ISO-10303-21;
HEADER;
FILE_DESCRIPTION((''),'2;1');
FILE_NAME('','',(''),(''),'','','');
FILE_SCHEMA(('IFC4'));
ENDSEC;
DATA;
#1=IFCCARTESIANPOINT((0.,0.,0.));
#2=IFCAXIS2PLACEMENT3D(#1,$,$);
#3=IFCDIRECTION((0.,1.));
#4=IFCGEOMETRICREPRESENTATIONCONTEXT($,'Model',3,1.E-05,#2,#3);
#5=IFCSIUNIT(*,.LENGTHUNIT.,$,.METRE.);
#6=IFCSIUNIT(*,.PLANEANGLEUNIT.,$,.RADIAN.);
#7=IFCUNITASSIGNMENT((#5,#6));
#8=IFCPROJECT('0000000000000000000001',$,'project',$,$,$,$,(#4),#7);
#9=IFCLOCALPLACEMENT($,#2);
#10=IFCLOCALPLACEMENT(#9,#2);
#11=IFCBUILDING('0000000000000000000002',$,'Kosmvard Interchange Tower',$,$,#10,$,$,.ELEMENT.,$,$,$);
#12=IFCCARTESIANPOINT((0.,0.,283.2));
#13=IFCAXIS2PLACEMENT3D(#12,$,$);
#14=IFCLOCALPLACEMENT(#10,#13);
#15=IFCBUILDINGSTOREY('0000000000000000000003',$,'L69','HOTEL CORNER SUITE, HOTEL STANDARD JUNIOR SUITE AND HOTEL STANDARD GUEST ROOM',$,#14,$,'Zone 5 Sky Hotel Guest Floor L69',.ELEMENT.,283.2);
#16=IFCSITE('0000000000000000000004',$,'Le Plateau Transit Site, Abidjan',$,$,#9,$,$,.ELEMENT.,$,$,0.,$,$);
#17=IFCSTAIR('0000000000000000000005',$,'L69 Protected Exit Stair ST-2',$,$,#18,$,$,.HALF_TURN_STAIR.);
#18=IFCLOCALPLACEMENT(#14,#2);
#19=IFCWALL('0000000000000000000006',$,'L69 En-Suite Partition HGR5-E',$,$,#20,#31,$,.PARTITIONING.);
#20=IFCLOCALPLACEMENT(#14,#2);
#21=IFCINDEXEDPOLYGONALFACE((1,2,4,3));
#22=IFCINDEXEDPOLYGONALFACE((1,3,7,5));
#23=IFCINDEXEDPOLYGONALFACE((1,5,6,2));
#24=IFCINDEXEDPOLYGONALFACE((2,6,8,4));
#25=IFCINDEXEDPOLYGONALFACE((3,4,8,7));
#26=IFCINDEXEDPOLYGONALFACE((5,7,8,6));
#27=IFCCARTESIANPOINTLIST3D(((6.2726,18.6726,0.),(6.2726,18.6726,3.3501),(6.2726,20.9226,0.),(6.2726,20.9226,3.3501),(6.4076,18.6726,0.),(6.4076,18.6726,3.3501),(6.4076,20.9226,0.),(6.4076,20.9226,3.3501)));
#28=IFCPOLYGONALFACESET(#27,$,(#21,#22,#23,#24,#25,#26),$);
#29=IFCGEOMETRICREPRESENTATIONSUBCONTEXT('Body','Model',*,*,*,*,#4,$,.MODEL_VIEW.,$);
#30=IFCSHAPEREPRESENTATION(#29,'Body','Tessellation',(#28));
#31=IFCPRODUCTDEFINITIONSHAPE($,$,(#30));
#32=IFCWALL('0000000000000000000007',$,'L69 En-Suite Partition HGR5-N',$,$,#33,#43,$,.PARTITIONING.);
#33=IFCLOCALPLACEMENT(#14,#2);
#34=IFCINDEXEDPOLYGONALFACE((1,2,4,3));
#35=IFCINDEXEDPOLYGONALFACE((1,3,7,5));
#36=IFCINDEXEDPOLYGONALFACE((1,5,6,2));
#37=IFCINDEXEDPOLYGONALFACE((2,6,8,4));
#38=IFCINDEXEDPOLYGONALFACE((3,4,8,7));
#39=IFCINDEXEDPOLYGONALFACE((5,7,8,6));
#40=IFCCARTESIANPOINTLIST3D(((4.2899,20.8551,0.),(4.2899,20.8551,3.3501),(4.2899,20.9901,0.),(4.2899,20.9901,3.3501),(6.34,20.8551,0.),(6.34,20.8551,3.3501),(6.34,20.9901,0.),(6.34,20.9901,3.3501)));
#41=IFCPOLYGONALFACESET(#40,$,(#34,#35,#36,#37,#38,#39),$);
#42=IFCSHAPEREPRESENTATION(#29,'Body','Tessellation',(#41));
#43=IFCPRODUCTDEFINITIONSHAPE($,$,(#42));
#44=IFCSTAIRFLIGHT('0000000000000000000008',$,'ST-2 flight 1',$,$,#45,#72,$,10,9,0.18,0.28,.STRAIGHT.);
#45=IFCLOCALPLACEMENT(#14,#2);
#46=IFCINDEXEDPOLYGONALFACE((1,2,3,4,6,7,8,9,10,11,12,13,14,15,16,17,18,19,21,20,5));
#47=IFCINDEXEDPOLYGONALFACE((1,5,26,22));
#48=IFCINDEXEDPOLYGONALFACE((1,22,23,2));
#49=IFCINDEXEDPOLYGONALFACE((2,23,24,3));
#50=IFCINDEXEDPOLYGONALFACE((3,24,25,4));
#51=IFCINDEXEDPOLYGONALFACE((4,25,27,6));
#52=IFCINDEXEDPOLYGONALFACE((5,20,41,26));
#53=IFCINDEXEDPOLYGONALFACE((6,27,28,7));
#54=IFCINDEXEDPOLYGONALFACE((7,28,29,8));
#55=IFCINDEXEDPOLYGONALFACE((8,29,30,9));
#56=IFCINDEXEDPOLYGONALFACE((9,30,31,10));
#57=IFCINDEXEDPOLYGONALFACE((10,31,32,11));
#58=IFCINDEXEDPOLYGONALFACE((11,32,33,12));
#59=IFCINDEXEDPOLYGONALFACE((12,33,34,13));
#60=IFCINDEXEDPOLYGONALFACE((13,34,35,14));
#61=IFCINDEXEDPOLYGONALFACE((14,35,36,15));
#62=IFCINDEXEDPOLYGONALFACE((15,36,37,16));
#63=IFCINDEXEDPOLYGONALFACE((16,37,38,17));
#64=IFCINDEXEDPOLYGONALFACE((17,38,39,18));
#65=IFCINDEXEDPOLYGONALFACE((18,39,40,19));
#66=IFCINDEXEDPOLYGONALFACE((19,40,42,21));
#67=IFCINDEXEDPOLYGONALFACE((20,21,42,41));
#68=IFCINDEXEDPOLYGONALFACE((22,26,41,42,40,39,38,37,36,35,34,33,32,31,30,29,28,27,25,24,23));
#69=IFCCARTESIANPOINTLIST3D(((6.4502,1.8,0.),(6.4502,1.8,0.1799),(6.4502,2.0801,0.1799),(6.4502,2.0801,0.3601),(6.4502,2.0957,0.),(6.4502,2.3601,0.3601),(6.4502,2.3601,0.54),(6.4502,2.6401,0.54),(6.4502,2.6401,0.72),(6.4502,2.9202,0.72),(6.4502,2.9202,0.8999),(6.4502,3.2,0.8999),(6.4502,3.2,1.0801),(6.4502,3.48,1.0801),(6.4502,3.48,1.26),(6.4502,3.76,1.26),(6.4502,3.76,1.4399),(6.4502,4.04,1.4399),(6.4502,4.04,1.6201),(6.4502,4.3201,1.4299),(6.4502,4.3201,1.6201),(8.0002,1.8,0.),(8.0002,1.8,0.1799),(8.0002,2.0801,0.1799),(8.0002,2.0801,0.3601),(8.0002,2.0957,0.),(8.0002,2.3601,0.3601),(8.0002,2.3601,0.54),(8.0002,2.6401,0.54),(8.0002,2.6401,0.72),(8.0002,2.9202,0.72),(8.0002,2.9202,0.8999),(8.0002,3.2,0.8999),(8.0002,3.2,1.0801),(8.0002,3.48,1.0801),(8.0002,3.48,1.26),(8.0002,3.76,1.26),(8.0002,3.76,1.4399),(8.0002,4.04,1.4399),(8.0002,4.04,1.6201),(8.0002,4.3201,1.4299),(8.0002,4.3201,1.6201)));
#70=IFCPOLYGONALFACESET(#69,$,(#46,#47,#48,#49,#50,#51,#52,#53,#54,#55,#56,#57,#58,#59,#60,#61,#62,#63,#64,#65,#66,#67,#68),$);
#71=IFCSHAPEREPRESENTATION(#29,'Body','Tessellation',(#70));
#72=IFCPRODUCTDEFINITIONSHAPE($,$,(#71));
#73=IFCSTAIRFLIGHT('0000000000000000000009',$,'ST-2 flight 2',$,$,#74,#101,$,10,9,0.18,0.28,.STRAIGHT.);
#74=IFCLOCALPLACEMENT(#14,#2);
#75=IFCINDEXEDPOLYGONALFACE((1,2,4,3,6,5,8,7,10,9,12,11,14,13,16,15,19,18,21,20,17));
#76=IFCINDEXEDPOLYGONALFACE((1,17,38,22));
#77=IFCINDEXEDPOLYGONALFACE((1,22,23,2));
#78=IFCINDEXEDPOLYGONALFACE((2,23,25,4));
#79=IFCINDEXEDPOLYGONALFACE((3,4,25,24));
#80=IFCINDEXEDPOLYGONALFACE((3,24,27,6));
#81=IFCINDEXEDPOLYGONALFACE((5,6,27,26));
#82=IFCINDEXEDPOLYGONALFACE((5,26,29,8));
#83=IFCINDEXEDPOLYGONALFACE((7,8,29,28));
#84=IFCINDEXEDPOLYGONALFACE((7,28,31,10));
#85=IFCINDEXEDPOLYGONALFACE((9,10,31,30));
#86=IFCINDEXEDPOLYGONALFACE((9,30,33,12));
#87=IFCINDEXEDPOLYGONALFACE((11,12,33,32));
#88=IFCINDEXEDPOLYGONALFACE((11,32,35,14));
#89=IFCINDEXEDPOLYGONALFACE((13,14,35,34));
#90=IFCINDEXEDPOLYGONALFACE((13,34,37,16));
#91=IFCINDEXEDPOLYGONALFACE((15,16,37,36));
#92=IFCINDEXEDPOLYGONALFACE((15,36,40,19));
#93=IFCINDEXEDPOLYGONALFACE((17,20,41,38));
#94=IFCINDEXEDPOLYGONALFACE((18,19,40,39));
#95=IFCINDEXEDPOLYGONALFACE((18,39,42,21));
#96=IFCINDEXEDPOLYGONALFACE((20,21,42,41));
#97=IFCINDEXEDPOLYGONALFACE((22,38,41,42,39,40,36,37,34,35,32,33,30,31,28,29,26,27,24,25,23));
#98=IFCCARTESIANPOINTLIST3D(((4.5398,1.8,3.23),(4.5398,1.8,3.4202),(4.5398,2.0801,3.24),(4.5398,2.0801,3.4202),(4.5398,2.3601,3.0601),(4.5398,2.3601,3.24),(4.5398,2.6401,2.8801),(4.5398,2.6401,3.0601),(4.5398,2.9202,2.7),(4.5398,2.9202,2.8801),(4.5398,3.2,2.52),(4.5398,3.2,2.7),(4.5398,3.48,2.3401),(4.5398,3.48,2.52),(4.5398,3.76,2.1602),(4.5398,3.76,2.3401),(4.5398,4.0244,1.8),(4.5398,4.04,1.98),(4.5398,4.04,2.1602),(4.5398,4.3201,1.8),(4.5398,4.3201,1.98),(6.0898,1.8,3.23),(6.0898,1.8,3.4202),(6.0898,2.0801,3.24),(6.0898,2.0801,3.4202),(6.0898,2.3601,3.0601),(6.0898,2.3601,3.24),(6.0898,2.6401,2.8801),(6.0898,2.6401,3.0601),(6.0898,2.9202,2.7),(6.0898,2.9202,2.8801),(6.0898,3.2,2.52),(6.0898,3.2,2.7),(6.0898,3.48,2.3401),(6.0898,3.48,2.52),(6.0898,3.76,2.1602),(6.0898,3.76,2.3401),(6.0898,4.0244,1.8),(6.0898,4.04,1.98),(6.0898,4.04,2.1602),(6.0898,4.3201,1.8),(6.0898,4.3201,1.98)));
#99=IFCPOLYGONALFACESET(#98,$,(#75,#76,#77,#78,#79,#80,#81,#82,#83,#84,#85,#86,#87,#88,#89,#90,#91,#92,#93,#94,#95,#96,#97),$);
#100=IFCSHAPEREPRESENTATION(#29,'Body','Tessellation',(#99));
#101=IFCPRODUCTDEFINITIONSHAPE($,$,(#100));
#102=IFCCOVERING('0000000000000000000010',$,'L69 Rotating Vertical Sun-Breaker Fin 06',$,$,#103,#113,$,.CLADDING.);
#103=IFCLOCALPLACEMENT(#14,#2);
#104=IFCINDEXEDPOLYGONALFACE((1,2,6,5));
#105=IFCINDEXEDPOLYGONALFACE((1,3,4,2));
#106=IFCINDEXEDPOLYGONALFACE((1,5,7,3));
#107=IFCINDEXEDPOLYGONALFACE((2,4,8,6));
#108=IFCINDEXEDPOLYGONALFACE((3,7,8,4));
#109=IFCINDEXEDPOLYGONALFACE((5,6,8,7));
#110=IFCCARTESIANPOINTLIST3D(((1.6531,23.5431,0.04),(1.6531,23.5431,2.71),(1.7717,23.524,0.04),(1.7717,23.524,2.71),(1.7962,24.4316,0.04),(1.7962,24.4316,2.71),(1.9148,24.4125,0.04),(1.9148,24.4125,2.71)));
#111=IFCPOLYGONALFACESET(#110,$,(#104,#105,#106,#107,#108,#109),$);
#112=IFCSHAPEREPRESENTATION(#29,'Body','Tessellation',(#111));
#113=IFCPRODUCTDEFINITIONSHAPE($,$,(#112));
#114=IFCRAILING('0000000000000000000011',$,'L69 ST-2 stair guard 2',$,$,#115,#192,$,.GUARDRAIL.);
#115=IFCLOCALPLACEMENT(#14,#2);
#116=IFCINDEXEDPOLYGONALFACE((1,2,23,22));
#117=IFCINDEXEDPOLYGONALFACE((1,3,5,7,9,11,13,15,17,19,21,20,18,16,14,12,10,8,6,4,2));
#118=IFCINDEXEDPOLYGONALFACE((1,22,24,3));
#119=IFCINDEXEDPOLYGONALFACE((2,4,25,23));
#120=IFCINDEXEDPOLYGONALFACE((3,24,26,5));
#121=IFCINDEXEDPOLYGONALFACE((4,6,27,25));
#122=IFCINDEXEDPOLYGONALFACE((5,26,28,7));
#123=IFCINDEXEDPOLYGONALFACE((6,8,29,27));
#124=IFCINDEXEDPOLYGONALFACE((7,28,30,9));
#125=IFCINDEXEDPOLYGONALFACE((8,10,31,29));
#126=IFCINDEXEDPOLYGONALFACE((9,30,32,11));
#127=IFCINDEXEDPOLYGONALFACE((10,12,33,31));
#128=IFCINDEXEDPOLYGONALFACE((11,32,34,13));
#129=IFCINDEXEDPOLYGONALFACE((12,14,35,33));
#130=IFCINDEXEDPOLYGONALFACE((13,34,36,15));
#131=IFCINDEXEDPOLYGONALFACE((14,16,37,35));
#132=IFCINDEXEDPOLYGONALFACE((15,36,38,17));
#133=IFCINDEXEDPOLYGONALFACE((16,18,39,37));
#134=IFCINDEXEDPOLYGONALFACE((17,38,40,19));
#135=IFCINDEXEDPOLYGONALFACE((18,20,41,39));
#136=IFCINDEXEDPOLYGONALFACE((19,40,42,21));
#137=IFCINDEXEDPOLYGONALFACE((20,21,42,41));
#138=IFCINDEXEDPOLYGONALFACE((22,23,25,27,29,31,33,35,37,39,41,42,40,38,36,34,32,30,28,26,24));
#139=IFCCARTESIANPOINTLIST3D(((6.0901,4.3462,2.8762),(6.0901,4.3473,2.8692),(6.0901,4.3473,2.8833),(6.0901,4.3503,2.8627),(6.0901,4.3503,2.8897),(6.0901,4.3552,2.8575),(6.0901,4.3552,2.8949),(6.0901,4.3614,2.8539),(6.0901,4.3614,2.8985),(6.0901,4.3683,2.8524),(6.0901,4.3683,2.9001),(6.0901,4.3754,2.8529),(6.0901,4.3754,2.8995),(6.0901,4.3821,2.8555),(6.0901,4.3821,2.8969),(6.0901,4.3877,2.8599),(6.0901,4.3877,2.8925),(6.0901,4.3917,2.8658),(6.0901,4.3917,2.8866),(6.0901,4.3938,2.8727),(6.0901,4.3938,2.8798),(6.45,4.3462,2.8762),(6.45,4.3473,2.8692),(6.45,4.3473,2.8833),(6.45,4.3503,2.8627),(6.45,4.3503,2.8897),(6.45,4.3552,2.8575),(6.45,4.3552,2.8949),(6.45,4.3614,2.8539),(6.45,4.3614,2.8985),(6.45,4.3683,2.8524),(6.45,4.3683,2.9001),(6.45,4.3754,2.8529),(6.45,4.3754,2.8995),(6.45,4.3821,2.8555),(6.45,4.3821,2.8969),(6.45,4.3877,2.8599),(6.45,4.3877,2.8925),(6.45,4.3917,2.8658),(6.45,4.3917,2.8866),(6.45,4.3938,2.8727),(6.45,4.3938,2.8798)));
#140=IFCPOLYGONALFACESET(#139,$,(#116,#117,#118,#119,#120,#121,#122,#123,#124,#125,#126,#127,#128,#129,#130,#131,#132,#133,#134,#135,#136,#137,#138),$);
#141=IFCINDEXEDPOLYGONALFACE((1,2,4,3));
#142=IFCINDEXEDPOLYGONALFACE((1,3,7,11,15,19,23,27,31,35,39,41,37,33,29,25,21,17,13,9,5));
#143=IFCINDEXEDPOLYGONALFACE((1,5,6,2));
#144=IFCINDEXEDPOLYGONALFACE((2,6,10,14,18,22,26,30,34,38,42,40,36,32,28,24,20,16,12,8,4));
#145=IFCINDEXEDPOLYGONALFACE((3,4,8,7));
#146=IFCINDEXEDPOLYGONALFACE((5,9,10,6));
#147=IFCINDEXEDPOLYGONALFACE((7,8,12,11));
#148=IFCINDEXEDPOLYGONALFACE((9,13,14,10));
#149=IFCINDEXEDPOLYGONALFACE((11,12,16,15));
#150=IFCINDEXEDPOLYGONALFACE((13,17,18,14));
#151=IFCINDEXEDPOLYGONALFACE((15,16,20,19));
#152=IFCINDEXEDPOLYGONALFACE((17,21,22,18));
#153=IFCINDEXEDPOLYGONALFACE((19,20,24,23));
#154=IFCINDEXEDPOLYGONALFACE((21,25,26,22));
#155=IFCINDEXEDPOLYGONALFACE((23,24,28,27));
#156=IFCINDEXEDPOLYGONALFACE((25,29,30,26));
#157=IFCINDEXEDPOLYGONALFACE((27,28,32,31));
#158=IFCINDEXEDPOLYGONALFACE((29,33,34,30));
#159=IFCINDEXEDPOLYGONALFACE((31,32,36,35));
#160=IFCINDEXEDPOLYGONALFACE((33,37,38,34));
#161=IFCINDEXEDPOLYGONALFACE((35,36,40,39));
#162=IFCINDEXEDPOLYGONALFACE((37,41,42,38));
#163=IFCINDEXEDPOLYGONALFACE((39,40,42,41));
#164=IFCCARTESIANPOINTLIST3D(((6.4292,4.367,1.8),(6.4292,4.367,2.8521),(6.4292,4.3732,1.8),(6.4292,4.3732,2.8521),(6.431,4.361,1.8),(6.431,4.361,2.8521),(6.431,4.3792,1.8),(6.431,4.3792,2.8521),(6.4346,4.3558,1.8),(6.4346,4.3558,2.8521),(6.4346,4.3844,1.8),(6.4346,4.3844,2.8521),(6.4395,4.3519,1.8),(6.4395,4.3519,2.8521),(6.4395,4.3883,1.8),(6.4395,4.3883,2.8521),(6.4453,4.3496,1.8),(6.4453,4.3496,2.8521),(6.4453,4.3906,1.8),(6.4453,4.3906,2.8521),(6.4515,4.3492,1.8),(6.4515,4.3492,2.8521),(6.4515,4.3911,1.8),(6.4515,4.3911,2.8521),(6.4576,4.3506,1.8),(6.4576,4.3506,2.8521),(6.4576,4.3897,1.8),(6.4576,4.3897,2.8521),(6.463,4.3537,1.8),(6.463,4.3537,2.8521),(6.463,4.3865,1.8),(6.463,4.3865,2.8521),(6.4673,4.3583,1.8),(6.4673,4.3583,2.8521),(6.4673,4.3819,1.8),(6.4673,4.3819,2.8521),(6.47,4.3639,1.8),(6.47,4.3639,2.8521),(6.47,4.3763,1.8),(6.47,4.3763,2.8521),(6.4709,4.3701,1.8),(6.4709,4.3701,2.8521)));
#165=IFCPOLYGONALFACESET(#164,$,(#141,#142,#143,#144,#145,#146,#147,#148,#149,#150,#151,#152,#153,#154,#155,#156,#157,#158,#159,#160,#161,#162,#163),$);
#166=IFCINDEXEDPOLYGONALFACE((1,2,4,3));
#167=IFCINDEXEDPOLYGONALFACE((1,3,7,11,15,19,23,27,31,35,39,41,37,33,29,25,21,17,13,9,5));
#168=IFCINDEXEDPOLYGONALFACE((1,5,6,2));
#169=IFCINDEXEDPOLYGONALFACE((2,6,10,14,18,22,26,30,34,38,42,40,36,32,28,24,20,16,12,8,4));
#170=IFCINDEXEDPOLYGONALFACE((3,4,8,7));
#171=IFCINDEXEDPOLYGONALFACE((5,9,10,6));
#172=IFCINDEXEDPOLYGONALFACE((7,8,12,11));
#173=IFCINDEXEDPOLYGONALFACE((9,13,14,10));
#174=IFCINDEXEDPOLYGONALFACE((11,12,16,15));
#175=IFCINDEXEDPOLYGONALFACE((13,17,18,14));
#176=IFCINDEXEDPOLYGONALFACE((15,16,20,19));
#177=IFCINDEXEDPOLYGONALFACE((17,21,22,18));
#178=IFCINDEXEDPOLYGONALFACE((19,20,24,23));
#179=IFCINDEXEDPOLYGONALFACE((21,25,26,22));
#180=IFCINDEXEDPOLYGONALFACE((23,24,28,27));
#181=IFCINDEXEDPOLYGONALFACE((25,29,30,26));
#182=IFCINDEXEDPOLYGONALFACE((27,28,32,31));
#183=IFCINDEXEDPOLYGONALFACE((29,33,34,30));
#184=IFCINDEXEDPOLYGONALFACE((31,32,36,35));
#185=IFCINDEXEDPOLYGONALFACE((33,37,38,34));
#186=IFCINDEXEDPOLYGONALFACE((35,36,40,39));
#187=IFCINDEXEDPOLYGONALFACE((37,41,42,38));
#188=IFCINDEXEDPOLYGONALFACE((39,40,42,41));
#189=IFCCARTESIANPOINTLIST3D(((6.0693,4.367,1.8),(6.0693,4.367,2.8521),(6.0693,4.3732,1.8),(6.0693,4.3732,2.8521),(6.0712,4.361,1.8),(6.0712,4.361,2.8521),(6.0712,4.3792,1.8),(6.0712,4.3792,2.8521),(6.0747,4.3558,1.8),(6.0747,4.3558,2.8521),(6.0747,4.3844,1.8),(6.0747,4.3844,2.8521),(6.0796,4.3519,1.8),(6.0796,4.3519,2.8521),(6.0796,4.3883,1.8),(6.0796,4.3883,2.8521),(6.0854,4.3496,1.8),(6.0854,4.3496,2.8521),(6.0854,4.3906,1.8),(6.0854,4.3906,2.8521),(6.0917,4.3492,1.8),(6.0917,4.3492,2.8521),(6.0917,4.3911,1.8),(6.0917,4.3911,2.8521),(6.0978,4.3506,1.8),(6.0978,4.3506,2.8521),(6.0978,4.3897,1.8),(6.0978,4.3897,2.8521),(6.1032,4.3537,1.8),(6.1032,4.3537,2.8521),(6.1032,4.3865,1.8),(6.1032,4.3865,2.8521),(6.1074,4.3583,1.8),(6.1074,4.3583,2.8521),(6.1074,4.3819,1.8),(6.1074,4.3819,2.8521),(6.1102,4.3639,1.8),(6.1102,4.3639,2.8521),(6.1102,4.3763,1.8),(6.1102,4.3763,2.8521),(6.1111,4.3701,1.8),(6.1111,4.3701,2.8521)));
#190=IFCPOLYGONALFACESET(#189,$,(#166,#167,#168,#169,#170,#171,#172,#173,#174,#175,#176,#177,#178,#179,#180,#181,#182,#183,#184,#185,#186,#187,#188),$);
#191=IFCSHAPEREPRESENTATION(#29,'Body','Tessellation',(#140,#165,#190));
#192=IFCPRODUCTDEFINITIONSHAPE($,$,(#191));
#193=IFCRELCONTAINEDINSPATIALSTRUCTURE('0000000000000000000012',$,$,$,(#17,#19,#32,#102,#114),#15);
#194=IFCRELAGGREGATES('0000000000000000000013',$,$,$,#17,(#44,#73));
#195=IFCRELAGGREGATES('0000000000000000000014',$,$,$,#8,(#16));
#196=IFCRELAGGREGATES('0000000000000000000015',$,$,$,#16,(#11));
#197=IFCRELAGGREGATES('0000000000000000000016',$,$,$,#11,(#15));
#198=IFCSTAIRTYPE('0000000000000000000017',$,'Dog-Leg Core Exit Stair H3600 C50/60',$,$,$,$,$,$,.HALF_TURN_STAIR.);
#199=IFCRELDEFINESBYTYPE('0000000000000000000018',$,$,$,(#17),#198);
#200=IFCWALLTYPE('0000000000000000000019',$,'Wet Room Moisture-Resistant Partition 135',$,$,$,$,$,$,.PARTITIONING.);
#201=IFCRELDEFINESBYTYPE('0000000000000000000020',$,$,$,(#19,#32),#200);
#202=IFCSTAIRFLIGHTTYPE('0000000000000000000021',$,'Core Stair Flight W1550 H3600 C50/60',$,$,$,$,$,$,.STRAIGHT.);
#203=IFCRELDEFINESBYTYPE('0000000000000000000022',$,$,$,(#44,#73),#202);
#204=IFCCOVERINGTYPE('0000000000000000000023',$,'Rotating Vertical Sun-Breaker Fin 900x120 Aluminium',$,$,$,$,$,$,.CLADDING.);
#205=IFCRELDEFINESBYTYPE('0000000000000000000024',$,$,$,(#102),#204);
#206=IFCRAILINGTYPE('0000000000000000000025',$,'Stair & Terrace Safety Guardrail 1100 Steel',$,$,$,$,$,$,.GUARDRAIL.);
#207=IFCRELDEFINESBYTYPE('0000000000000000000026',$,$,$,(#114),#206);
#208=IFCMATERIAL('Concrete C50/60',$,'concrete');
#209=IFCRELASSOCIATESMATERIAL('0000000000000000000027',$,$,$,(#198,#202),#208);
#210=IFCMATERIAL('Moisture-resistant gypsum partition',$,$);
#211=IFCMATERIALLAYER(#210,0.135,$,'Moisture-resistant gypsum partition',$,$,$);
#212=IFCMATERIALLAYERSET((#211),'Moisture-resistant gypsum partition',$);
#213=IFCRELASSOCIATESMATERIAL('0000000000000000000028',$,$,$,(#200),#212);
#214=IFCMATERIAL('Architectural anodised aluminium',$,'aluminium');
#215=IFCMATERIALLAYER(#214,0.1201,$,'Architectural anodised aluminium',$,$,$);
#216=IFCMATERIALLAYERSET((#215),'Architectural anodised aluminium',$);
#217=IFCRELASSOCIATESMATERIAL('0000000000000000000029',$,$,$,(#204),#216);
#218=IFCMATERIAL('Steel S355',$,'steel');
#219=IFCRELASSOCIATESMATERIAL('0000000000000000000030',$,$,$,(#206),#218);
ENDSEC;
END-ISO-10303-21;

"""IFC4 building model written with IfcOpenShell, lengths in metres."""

from ifc_helpers import new_model, si_unit, direction, frame, frame_2d, origin, origin_2d, place, context, subcontext, project, spatial, polyline, rectangle, circle, outline, extrude, source, transform, mapped, material, layer, layer_set, type_object, element, aggregate, save


model = new_model("IFC4")

# Units and contexts
model_context = context("Model", 3, precision=1e-05, world=origin(), true_north=direction((0.0, 1.0)))
body_context = subcontext(model_context, "Body", "Model", "MODEL_VIEW")
ifc_project = project(units=[si_unit("LENGTHUNIT", "METRE"), si_unit("PLANEANGLEUNIT", "RADIAN")], contexts=[model_context])

# Site, building, storey
site_placement = place(None, origin())
site = spatial("IfcSite", under=ifc_project, at=site_placement, Name="Le Plateau Transit Site, Abidjan", CompositionType="ELEMENT", RefElevation=0.0)
building_placement = place(site_placement, origin())
building = spatial("IfcBuilding", under=site, at=building_placement, Name="Kosmvard Interchange Tower", CompositionType="ELEMENT")
storey_placement = place(building_placement, frame((0.0, 0.0, 283.2)))
storey = spatial("IfcBuildingStorey", under=building, at=storey_placement, Name="L69", Description="HOTEL CORNER SUITE, HOTEL STANDARD JUNIOR SUITE AND HOTEL STANDARD GUEST ROOM", LongName="Zone 5 Sky Hotel Guest Floor L69", CompositionType="ELEMENT", Elevation=283.2)

# Shared definitions
ifc_material_1 = material(Name="Concrete C50/60", Category="concrete")

# Shared definitions
ifc_material_2 = material(Name="Steel S355", Category="steel")

# Stair
stair_type = type_object("IfcStairType", Name="Dog-Leg Core Exit Stair H3600 C50/60", PredefinedType="HALF_TURN_STAIR", material=ifc_material_1)
stair_1_placement = place(storey_placement, origin())
stair_1 = element("IfcStair", 1, at=stair_1_placement, inside=storey, type_object=stair_type, Name="L69 Protected Exit Stair ST-2", PredefinedType="HALF_TURN_STAIR")

# Shared definitions
ifc_material_3 = material(Name="Moisture-resistant gypsum partition")
ifc_layer_1 = layer(ifc_material_3, 0.135, Name="Moisture-resistant gypsum partition")
ifc_layer_set_1 = layer_set([ifc_layer_1], Name="Moisture-resistant gypsum partition")
wall_type_1 = type_object("IfcWallType", Name="Wet Room Moisture-Resistant Partition 135", PredefinedType="PARTITIONING", material=ifc_layer_set_1)

# Walls
wall_1_placement = place(storey_placement, frame((6.3401, 18.6726, 0.0), z_axis=(0.0, 0.0, 1.0), x_axis=(0.0, 1.0, 0.0)))
element("IfcWall", 2, at=wall_1_placement, inside=storey, type_object=wall_type_1, Name="L69 En-Suite Partition HGR5-E", PredefinedType="PARTITIONING", context=body_context, shape_type="SweptSolid", body=[
    extrude(rectangle(XDim=2.25, YDim=0.135, at=frame_2d((1.125, 0.0))), origin(), (0.0, 0.0, 1.0), 3.3501),
])
wall_2_placement = place(storey_placement, frame((4.29, 20.9226, 0.0), z_axis=(0.0, 0.0, 1.0), x_axis=(1.0, 0.0, 0.0)))
element("IfcWall", 3, at=wall_2_placement, inside=storey, type_object=wall_type_1, Name="L69 En-Suite Partition HGR5-N", PredefinedType="PARTITIONING", context=body_context, shape_type="SweptSolid", body=[
    extrude(rectangle(XDim=2.05, YDim=0.135, at=frame_2d((1.0249, 0.0))), origin(), (0.0, 0.0, 1.0), 3.3501),
])

# Stair flights
stair_flight_type = type_object("IfcStairFlightType", Name="Core Stair Flight W1550 H3600 C50/60", PredefinedType="STRAIGHT", material=ifc_material_1)
shared_shape_1 = source(origin(), body_context, "Body", "SweptSolid", [
    extrude(outline(polyline([(0.0, 0.0), (0.0, 0.1799), (0.28, 0.1799), (0.28, 0.3601), (0.5601, 0.3601), (0.5601, 0.54), (0.8401, 0.54), (0.8401, 0.72), (1.1201, 0.72), (1.1201, 0.8999), (1.3999, 0.8999), (1.3999, 1.0801), (1.6799, 1.0801), (1.6799, 1.26), (1.96, 1.26), (1.96, 1.4399), (2.24, 1.4399), (2.24, 1.6201), (2.52, 1.6201), (2.52, 1.8), (2.52, 1.4299), (0.2957, 0.0), (0.0, 0.0)])), frame((0.0, 0.7749, 0.0), z_axis=(0.0, -1.0, 0.0), x_axis=(1.0, 0.0, 0.0)), (0.0, 0.0, 1.0), 1.55),
])
stair_flight_1_placement = place(storey_placement, frame((7.2251, 1.8, 0.0), z_axis=(0.0, 0.0, 1.0), x_axis=(0.0, 1.0, 0.0)))
stair_flight_1 = element("IfcStairFlight", 4, at=stair_flight_1_placement, type_object=stair_flight_type, Name="ST-2 flight 1", NumberOfRisers=10, NumberOfTreads=9, PredefinedType="STRAIGHT", RiserHeight=0.18, TreadLength=0.28, context=body_context, shape_type="MappedRepresentation", body=[
    mapped(shared_shape_1, transform((0.0, 0.0, 0.0), scale=1.0)),
])
stair_flight_2_placement = place(storey_placement, frame((5.3149, 4.3201, 1.8), z_axis=(0.0, 0.0, 1.0), x_axis=(0.0, -1.0, 0.0)))
stair_flight_2 = element("IfcStairFlight", 5, at=stair_flight_2_placement, type_object=stair_flight_type, Name="ST-2 flight 2", NumberOfRisers=10, NumberOfTreads=9, PredefinedType="STRAIGHT", RiserHeight=0.18, TreadLength=0.28, context=body_context, shape_type="MappedRepresentation", body=[
    mapped(shared_shape_1, transform((0.0, 0.0, 0.0), scale=1.0)),
])
aggregate(stair_1, [stair_flight_1, stair_flight_2])

# Covering
ifc_material_4 = material(Name="Architectural anodised aluminium", Category="aluminium")
ifc_layer_2 = layer(ifc_material_4, 0.1201, Name="Architectural anodised aluminium")
ifc_layer_set_2 = layer_set([ifc_layer_2], Name="Architectural anodised aluminium")
covering_type = type_object("IfcCoveringType", Name="Rotating Vertical Sun-Breaker Fin 900x120 Aluminium", PredefinedType="CLADDING", material=ifc_layer_set_2)
shared_shape_2 = source(origin(), body_context, "Body", "SweptSolid", [
    extrude(rectangle(XDim=0.8999, YDim=0.1201, at=origin_2d()), origin(), (0.0, 0.0, 1.0), 2.6699),
])
covering_placement = place(storey_placement, frame((1.7839, 23.9778, 0.04), z_axis=(0.0, 0.0, 1.0), x_axis=(0.15902, 0.987275, 0.0)))
element("IfcCovering", 6, at=covering_placement, inside=storey, type_object=covering_type, Name="L69 Rotating Vertical Sun-Breaker Fin 06", PredefinedType="CLADDING", context=body_context, shape_type="MappedRepresentation", body=[
    mapped(shared_shape_2, transform((0.0, 0.0, 0.0), scale=1.0)),
])

# Railing
railing_type_1 = type_object("IfcRailingType", Name="Stair & Terrace Safety Guardrail 1100 Steel", PredefinedType="GUARDRAIL", material=ifc_material_2)
shared_shape_3 = source(origin(), body_context, "Body", "SweptSolid", [
    extrude(circle(Radius=0.0239, at=origin_2d()), frame((0.0, 0.0, 1.0762), z_axis=(-1.0, 0.0, 0.0), x_axis=(0.0, -1.0, 0.0)), (0.0, 0.0, 1.0), 0.3599),
    extrude(circle(Radius=0.021, at=origin_2d()), origin(), (0.0, 0.0, 1.0), 1.052),
    extrude(circle(Radius=0.021, at=origin_2d()), frame((-0.3599, 0.0, 0.0)), (0.0, 0.0, 1.0), 1.052),
])
for number, where, name in (
    (7, (6.45, 4.3701, 1.8), "L69 ST-2 stair guard 2"),
):
    element("IfcRailing", number, at=place(storey_placement, frame(where)), inside=storey, type_object=railing_type_1, Name=name, PredefinedType="GUARDRAIL", context=body_context, shape_type="MappedRepresentation", body=[
        mapped(shared_shape_3, transform((0.0, 0.0, 0.0), scale=1.0)),
    ])

save(model, "model.ifc")
